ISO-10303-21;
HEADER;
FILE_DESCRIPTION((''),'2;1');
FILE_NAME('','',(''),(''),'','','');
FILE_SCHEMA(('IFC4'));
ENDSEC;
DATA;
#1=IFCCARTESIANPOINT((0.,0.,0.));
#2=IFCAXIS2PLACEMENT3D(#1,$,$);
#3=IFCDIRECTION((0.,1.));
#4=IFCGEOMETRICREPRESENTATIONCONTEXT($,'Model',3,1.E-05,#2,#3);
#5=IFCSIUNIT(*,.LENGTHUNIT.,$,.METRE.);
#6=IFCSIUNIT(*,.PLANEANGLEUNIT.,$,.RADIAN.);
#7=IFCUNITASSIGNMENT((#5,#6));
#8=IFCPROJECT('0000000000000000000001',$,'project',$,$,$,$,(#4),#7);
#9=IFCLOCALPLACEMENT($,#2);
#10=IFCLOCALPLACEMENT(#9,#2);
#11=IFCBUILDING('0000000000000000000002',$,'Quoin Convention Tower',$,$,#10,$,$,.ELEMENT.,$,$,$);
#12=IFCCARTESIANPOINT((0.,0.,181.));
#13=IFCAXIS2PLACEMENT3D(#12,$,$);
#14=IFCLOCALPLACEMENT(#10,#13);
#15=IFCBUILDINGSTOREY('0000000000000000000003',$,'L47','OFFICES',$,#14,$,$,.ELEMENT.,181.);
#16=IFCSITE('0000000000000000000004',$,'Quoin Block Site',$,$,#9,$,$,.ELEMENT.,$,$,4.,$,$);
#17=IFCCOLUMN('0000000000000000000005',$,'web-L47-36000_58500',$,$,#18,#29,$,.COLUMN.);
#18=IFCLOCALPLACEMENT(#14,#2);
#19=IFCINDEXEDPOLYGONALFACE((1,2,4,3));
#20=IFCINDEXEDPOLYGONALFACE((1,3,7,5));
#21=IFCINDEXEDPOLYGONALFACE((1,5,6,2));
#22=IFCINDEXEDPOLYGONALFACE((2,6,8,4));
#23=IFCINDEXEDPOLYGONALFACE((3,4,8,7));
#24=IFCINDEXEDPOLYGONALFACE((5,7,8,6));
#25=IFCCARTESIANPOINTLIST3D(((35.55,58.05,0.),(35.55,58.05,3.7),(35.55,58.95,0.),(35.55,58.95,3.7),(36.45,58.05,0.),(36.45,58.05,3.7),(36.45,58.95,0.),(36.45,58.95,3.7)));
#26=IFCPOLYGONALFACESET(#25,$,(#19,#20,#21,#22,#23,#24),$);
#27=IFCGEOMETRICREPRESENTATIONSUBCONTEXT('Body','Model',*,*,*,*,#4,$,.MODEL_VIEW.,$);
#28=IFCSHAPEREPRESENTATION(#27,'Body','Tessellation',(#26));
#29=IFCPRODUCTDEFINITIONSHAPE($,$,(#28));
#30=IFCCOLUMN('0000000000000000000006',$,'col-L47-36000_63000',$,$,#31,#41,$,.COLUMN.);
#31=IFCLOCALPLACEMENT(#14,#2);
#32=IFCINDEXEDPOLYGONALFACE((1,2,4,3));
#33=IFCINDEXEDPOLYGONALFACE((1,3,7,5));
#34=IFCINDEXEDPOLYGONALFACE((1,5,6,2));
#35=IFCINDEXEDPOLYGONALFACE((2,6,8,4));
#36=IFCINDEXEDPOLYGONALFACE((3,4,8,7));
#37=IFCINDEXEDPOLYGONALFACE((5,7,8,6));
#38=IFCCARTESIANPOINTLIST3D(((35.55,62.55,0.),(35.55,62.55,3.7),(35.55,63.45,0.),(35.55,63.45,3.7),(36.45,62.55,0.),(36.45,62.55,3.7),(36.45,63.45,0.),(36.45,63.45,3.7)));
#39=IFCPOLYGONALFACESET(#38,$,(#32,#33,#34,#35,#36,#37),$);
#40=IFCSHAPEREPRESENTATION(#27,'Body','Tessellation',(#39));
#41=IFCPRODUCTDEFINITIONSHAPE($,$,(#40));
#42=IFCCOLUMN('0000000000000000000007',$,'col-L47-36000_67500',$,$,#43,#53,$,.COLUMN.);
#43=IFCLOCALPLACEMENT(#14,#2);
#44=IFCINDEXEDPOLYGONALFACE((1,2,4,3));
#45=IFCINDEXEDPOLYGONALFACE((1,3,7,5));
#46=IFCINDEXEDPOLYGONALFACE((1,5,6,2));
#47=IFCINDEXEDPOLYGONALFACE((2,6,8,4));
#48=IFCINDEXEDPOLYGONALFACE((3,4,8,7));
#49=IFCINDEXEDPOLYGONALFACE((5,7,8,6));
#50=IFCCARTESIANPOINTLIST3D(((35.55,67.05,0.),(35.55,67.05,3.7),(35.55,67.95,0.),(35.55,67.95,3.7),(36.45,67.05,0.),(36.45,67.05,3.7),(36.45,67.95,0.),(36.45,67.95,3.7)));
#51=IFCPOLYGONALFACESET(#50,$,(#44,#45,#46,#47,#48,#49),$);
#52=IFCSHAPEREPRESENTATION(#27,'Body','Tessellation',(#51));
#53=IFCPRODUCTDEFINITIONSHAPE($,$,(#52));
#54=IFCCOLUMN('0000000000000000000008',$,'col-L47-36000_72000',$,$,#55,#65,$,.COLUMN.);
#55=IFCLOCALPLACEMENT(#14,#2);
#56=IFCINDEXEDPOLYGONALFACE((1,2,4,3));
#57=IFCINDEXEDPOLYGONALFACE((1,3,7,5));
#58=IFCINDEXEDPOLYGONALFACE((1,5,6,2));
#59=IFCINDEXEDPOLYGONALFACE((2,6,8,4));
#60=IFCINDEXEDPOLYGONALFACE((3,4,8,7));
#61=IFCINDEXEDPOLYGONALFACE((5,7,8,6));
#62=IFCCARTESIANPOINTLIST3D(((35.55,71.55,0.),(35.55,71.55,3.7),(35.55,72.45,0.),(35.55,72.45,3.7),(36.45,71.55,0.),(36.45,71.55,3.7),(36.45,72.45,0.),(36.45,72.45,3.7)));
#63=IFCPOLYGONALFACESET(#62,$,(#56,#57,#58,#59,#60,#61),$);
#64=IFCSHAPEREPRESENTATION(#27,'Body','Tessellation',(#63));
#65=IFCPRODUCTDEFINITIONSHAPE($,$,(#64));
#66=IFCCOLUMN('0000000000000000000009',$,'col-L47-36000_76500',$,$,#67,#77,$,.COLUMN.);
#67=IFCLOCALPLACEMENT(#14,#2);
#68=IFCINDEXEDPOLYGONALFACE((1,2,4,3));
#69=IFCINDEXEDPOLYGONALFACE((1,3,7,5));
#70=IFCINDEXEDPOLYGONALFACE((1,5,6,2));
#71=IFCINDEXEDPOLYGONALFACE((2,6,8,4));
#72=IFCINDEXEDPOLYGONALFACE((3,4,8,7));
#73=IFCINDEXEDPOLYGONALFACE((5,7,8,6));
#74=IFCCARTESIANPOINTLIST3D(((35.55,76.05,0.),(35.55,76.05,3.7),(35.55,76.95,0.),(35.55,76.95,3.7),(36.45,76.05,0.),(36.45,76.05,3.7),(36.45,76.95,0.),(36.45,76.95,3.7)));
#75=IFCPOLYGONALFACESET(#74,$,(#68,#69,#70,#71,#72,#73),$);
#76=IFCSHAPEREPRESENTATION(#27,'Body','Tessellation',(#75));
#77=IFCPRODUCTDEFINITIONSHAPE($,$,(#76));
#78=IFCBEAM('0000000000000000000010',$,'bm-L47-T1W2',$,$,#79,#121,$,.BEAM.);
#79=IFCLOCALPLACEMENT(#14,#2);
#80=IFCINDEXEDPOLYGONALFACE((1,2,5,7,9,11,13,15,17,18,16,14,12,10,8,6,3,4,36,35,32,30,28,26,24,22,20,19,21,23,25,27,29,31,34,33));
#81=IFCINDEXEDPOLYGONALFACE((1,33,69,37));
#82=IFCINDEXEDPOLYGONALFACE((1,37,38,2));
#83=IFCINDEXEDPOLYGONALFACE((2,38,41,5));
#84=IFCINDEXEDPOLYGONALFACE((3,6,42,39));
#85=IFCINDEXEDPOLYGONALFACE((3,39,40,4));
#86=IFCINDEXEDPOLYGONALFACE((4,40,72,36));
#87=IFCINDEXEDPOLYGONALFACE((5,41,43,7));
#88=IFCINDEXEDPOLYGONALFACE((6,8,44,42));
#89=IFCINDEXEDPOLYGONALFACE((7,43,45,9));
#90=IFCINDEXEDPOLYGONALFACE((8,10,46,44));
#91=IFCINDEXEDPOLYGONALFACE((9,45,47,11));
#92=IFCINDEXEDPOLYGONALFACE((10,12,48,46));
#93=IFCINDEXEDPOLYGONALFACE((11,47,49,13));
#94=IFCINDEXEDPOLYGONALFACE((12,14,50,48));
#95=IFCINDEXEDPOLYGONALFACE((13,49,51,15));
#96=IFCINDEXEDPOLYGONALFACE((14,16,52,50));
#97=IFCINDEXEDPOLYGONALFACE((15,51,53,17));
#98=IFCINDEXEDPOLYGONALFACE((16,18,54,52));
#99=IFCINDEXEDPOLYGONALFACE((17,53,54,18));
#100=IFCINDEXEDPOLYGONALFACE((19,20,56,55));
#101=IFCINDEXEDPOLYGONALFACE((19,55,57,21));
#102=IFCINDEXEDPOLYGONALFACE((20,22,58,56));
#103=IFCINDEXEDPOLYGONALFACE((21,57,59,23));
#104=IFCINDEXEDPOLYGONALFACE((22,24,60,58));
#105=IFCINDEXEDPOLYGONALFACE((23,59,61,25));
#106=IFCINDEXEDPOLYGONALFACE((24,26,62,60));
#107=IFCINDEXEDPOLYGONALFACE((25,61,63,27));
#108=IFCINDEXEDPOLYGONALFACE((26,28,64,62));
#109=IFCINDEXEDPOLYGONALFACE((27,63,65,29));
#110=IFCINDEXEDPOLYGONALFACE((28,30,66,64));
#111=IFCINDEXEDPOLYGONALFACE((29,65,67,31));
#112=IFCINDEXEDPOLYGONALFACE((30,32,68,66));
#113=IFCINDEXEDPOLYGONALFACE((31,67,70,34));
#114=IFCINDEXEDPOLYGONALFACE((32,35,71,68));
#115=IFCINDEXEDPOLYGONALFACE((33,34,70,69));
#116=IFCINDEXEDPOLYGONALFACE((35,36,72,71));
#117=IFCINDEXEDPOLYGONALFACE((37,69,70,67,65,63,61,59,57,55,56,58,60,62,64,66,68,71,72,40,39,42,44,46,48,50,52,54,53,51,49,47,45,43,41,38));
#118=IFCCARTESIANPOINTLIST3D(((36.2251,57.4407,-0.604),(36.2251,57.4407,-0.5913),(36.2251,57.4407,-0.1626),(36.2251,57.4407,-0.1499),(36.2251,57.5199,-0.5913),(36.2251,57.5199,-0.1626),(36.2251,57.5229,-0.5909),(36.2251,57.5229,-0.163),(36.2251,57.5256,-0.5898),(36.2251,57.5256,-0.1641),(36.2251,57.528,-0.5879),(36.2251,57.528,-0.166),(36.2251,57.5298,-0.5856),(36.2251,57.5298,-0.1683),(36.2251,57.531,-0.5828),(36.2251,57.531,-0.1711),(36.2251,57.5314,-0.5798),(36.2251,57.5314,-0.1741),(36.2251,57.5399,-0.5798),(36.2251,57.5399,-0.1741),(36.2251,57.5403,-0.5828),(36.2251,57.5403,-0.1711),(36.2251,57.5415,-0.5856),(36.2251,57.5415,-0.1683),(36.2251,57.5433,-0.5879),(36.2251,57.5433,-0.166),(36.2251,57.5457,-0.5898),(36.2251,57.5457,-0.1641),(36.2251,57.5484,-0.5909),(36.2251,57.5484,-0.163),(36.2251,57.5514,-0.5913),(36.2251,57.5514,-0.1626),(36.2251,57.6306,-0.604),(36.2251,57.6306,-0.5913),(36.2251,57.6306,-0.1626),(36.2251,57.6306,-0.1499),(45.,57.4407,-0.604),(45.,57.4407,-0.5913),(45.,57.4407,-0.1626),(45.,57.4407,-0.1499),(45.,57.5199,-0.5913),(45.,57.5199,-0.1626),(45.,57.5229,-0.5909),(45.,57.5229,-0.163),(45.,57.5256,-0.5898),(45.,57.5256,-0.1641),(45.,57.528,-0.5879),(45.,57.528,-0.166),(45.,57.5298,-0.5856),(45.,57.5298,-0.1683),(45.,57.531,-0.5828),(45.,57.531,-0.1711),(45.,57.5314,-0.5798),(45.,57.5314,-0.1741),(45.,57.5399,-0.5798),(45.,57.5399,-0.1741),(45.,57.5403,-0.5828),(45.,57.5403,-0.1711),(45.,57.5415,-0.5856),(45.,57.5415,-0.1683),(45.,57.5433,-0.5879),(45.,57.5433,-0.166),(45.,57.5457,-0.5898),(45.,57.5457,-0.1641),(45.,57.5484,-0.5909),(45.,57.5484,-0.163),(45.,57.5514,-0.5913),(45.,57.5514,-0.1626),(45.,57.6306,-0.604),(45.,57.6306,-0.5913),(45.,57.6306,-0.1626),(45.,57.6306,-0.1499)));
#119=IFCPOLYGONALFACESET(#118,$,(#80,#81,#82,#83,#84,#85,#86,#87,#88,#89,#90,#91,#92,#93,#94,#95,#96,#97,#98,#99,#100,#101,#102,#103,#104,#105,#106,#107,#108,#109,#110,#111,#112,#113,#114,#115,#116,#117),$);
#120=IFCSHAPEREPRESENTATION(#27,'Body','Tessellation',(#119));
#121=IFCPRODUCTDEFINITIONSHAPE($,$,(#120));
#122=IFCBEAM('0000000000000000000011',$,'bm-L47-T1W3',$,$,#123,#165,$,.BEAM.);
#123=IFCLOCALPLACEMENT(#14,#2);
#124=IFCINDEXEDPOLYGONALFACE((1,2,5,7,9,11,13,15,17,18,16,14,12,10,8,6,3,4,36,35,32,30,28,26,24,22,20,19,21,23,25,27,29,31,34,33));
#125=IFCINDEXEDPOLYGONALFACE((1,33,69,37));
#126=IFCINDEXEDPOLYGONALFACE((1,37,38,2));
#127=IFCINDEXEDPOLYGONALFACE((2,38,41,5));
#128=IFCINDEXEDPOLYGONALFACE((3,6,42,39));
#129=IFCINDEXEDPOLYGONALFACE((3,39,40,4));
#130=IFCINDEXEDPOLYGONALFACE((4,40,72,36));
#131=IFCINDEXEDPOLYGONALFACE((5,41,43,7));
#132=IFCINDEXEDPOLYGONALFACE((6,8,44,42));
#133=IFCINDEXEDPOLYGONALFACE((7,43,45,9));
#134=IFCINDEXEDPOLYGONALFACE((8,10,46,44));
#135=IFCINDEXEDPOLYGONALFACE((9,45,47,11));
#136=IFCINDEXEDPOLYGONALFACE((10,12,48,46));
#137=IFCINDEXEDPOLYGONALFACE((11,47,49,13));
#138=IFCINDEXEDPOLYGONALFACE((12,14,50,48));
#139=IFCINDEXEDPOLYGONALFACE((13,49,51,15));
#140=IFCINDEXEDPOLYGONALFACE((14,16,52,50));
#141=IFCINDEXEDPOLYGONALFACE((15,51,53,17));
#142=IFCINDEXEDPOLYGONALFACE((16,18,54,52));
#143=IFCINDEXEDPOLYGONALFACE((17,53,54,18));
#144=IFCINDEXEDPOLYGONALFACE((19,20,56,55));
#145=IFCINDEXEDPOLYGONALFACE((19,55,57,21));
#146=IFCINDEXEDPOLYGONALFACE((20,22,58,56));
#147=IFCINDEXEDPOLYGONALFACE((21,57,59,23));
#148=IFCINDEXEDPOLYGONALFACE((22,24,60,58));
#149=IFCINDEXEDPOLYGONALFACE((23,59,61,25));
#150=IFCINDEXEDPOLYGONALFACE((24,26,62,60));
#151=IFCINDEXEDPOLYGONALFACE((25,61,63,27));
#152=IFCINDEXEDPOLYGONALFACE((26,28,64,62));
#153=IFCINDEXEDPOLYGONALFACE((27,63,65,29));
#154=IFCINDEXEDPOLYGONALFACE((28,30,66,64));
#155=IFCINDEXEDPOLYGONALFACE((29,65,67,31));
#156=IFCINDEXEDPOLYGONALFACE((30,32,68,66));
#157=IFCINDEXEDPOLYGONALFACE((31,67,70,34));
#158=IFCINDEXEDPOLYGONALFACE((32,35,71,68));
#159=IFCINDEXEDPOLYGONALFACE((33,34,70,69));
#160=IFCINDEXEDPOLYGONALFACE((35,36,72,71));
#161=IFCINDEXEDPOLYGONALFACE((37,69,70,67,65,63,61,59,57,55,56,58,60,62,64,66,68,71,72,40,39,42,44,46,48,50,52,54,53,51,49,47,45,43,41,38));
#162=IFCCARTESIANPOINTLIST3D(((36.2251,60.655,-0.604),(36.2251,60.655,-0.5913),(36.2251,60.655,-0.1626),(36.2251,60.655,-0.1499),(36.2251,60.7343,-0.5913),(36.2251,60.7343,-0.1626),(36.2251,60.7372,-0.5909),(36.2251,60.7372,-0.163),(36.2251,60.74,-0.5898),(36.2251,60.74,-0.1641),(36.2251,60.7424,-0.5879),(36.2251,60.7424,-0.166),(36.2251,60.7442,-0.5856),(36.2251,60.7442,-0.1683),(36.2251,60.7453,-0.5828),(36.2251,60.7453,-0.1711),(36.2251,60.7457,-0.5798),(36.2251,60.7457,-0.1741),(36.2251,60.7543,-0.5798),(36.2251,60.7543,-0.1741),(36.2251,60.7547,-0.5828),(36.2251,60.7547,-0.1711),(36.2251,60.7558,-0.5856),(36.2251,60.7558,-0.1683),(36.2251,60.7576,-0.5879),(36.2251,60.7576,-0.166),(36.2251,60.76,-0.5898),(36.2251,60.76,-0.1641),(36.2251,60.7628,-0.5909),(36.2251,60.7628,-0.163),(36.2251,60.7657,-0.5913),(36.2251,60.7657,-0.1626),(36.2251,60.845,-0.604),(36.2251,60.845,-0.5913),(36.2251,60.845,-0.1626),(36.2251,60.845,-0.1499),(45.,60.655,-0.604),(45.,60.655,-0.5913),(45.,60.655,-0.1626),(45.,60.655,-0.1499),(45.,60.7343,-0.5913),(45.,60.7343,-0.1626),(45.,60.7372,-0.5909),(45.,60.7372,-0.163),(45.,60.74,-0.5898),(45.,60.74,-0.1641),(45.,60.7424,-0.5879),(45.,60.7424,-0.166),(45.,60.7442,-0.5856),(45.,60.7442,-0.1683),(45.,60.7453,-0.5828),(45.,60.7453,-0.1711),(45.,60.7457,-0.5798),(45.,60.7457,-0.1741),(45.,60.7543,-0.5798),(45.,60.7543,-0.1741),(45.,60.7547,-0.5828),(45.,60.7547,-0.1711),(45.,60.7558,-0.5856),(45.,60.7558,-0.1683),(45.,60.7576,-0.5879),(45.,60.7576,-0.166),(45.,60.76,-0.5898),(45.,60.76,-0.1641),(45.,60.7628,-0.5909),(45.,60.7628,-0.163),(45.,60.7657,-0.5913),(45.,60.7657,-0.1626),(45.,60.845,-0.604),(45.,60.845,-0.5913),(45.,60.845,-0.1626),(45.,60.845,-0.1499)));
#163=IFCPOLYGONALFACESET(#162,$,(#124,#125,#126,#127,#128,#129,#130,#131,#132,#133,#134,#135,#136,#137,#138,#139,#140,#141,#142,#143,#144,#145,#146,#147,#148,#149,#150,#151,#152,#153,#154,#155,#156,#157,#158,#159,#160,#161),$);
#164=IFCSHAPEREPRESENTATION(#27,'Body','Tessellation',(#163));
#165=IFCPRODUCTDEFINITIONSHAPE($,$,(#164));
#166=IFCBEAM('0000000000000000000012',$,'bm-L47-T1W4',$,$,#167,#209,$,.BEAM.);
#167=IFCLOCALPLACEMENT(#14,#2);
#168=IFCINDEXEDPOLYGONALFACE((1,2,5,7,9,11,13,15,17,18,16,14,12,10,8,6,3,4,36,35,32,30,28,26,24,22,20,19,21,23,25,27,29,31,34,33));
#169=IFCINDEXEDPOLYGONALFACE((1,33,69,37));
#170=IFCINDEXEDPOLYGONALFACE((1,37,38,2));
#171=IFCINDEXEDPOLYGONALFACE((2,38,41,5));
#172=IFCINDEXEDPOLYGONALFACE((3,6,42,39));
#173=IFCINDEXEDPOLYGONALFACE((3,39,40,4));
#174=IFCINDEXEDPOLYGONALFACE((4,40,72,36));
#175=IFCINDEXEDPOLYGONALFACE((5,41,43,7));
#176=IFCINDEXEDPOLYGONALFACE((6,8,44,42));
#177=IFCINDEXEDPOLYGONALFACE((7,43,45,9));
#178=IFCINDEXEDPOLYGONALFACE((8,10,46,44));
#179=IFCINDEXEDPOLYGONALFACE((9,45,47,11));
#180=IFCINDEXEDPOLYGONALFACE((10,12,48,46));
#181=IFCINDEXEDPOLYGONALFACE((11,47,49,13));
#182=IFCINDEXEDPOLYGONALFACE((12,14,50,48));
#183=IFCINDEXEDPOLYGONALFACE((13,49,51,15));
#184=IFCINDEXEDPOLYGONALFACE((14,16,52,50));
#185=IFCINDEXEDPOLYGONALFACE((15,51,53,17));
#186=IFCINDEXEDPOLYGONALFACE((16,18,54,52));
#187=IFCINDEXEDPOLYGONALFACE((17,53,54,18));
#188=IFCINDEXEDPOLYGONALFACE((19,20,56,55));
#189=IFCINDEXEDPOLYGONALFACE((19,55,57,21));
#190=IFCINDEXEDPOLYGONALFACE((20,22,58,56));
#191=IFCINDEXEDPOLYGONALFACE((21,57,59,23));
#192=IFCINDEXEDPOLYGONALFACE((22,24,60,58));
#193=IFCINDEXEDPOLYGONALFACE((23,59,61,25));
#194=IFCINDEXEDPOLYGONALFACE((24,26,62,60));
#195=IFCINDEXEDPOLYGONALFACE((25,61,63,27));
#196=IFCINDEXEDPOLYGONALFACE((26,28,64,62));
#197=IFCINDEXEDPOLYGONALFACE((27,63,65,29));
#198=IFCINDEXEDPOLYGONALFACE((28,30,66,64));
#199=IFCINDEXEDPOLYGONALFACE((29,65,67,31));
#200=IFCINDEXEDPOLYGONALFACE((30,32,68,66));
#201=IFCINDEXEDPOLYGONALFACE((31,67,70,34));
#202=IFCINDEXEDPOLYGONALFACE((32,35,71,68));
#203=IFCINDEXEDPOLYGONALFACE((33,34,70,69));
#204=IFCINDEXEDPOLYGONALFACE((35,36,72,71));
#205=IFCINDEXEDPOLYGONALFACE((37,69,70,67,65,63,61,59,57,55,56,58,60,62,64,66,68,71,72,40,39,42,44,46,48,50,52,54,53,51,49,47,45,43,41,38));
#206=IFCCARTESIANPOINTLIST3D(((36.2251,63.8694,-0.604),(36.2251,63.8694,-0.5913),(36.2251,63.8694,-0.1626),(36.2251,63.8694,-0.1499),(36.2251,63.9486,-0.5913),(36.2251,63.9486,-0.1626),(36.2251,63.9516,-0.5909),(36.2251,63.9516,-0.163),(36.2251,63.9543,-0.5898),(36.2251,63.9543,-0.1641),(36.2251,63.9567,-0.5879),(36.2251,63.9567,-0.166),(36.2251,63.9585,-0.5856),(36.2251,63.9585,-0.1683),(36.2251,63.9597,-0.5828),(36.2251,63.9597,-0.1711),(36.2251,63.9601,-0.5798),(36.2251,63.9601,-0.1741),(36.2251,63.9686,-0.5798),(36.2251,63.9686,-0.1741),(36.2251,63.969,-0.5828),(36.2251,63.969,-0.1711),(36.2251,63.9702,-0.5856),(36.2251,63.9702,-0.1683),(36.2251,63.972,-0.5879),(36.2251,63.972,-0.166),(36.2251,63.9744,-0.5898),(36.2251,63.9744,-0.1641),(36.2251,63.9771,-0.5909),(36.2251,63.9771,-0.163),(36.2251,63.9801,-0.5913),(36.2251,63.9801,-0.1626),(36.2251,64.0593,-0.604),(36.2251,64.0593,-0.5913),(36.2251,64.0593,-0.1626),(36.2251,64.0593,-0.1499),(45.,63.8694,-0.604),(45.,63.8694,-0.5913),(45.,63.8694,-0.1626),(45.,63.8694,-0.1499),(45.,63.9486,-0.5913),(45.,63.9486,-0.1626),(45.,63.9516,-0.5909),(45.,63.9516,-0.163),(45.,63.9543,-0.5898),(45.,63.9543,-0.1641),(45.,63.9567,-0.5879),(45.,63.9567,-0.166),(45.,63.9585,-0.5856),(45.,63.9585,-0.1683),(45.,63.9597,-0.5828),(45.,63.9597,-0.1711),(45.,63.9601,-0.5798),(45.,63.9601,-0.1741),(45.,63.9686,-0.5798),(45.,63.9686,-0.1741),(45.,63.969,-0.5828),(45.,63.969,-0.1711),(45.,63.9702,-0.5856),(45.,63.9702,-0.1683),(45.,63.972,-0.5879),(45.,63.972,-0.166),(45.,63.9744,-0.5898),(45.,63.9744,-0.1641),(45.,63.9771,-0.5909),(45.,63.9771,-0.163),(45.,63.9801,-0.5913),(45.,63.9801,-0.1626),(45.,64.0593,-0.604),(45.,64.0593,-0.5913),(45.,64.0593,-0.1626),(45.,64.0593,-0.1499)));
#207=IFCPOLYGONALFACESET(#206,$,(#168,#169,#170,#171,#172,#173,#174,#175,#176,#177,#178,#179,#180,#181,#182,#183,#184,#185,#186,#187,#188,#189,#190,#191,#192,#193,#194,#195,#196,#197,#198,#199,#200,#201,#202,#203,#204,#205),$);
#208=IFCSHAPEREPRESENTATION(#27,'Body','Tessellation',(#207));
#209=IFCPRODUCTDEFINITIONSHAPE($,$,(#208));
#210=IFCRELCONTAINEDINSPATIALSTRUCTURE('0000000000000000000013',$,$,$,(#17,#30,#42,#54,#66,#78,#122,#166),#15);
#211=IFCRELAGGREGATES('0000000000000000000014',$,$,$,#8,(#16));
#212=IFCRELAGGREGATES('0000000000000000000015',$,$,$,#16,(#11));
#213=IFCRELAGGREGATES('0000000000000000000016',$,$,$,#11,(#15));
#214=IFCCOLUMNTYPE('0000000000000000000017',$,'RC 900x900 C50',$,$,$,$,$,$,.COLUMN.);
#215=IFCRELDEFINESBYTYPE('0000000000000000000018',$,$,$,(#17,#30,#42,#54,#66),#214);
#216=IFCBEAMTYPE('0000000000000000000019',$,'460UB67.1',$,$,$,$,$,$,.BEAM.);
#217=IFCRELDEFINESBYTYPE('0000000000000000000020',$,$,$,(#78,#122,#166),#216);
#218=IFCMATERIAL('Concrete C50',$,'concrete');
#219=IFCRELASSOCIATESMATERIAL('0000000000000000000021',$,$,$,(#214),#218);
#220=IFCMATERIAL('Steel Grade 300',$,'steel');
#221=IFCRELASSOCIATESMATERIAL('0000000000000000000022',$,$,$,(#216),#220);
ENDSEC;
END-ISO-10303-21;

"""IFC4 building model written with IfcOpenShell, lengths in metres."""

from ifc_helpers import new_model, si_unit, direction, frame, origin, origin_2d, place, context, subcontext, project, spatial, rectangle, i_section, extrude, material, material_profile, profile_set, type_object, element, save


model = new_model("IFC4")

# Units and contexts
model_context = context("Model", 3, precision=1e-05, world=origin(), true_north=direction((0.0, 1.0)))
body_context = subcontext(model_context, "Body", "Model", "MODEL_VIEW")
ifc_project = project(units=[si_unit("LENGTHUNIT", "METRE"), si_unit("PLANEANGLEUNIT", "RADIAN")], contexts=[model_context])

# Site, building, storey
site_placement = place(None, origin())
site = spatial("IfcSite", under=ifc_project, at=site_placement, Name="Quoin Block Site", CompositionType="ELEMENT", RefElevation=4.0)
building_placement = place(site_placement, origin())
building = spatial("IfcBuilding", under=site, at=building_placement, Name="Quoin Convention Tower", CompositionType="ELEMENT")
storey_placement = place(building_placement, frame((0.0, 0.0, 181.0)))
storey = spatial("IfcBuildingStorey", under=building, at=storey_placement, Name="L47", Description="OFFICES", CompositionType="ELEMENT", Elevation=181.0)

# Columns
ifc_material_1 = material(Name="Concrete C50", Category="concrete")
ifc_material_profile_1 = material_profile(ifc_material_1, rectangle(XDim=0.8999, YDim=0.8999, at=origin_2d()), Name="RC 900x900")
ifc_profile_set_1 = profile_set([ifc_material_profile_1], Name="Concrete C50")
column_type = type_object("IfcColumnType", Name="RC 900x900 C50", PredefinedType="COLUMN", material=ifc_profile_set_1)
for number, where, z_axis, x_axis, name in (
    (1, (36.0, 58.5, 0.0), (0.0, 0.0, 1.0), (1.0, 0.0, 0.0), "web-L47-36000_58500"),
    (2, (36.0, 63.0, 0.0), (0.0, 0.0, 1.0), (1.0, 0.0, 0.0), "col-L47-36000_63000"),
    (3, (36.0, 67.5, 0.0), (0.0, 0.0, 1.0), (1.0, 0.0, 0.0), "col-L47-36000_67500"),
    (4, (36.0, 72.0, 0.0), (0.0, 0.0, 1.0), (1.0, 0.0, 0.0), "col-L47-36000_72000"),
    (5, (36.0, 76.5, 0.0), (0.0, 0.0, 1.0), (1.0, 0.0, 0.0), "col-L47-36000_76500"),
):
    element("IfcColumn", number, at=place(storey_placement, frame(where, z_axis=z_axis, x_axis=x_axis)), inside=storey, type_object=column_type, Name=name, PredefinedType="COLUMN", context=body_context, shape_type="SweptSolid", body=[
        extrude(rectangle(XDim=0.8999, YDim=0.8999, at=origin_2d()), origin(), (0.0, 0.0, 1.0), 3.7),
    ])

# Beams
ifc_material_2 = material(Name="Steel Grade 300", Category="steel")
ifc_material_profile_2 = material_profile(ifc_material_2, i_section(OverallWidth=0.1899, OverallDepth=0.4541, WebThickness=0.0085, FlangeThickness=0.0127, FilletRadius=0.0115, at=origin_2d()), Name="460UB67.1")
ifc_profile_set_2 = profile_set([ifc_material_profile_2], Name="Steel Grade 300")
beam_type_1 = type_object("IfcBeamType", Name="460UB67.1", PredefinedType="BEAM", material=ifc_profile_set_2)
for number, where, z_axis, x_axis, name in (
    (6, (36.2251, 57.5356, -0.377), (1.0, 0.0, 0.0), (0.0, 1.0, 0.0), "bm-L47-T1W2"),
    (7, (36.2251, 60.75, -0.377), (1.0, 0.0, 0.0), (0.0, 1.0, 0.0), "bm-L47-T1W3"),
    (8, (36.2251, 63.9644, -0.377), (1.0, 0.0, 0.0), (0.0, 1.0, 0.0), "bm-L47-T1W4"),
):
    element("IfcBeam", number, at=place(storey_placement, frame(where, z_axis=z_axis, x_axis=x_axis)), inside=storey, type_object=beam_type_1, Name=name, PredefinedType="BEAM", context=body_context, shape_type="SweptSolid", body=[
        extrude(i_section(OverallWidth=0.1899, OverallDepth=0.4541, WebThickness=0.0085, FlangeThickness=0.0127, FilletRadius=0.0115, at=origin_2d()), origin(), (0.0, 0.0, 1.0), 8.7749),
    ])

save(model, "model.ifc")
